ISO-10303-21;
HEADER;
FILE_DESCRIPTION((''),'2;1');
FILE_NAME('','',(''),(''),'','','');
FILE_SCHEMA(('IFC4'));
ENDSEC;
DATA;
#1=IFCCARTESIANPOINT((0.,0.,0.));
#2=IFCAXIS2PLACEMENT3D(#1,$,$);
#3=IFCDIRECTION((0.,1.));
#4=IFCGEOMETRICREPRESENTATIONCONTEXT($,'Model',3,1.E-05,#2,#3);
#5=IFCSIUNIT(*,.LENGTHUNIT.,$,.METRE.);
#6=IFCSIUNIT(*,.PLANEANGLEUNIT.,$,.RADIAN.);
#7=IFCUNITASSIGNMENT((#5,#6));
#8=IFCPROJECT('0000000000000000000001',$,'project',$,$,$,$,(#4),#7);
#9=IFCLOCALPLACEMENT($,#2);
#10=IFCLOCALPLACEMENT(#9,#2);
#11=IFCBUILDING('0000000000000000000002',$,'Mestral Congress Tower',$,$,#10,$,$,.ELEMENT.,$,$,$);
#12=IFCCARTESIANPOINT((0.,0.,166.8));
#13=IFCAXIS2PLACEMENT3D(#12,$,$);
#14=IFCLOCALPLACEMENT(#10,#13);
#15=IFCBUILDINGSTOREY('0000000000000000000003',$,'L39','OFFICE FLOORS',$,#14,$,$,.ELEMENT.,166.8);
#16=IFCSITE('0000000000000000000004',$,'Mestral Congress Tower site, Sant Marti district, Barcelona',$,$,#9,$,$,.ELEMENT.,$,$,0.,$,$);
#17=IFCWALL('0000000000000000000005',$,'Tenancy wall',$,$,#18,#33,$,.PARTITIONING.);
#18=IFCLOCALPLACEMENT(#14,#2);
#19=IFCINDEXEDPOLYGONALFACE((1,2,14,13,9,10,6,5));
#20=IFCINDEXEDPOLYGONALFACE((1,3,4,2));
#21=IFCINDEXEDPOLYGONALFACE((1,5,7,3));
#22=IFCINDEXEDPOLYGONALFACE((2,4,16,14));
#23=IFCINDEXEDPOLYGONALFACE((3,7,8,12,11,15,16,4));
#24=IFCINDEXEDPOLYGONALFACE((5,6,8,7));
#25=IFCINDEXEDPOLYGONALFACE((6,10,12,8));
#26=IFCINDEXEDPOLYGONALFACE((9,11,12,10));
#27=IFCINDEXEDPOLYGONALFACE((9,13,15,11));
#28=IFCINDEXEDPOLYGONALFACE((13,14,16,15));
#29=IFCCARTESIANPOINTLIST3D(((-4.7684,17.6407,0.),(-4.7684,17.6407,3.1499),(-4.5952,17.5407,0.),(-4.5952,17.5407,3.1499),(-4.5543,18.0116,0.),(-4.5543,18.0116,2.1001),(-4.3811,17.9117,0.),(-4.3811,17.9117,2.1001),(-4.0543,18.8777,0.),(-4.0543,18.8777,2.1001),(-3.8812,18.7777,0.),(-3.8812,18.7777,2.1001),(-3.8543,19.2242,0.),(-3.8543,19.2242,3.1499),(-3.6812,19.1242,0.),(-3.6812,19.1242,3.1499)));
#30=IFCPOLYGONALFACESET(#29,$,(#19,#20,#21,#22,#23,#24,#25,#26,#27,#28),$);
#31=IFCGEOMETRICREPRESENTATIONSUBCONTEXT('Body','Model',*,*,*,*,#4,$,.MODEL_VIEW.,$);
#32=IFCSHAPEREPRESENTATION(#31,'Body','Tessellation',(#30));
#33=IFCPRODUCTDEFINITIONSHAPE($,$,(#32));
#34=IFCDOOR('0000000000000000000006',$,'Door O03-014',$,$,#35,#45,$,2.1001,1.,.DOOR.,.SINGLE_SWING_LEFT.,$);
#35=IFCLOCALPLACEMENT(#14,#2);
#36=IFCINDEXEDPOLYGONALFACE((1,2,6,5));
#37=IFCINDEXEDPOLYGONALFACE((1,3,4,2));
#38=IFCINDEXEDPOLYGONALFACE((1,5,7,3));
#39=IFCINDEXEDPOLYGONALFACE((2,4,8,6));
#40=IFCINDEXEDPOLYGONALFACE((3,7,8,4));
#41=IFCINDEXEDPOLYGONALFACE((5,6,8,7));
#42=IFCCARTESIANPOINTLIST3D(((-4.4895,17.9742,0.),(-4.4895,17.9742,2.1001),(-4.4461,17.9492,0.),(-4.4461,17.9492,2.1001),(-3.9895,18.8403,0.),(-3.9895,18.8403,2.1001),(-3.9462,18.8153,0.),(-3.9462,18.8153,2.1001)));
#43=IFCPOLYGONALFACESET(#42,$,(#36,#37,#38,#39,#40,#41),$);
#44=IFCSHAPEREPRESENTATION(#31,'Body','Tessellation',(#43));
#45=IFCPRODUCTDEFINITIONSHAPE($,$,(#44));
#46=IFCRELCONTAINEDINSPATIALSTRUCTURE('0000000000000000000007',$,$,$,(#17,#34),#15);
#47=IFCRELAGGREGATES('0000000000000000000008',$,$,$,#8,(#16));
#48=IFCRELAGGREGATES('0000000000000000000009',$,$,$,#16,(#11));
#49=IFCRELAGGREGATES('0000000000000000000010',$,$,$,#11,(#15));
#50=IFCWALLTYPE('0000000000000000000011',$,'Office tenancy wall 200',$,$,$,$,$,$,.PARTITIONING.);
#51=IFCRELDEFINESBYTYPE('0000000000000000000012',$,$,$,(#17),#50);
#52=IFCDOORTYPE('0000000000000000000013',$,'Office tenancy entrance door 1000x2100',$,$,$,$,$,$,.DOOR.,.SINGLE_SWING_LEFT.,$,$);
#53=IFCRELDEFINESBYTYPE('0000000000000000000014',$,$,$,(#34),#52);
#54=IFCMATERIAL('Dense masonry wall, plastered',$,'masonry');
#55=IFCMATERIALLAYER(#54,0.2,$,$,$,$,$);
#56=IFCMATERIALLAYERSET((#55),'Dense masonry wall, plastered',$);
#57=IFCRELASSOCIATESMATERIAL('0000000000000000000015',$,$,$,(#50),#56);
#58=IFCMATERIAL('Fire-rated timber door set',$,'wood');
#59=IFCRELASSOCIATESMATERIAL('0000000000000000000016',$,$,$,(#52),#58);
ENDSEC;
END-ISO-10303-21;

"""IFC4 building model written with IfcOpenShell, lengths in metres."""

from ifc_helpers import new_model, si_unit, direction, frame, frame_2d, origin, place, context, subcontext, project, spatial, rectangle, extrude, material, layer, layer_set, type_object, element, fill, save


model = new_model("IFC4")

# Units and contexts
model_context = context("Model", 3, precision=1e-05, world=origin(), true_north=direction((0.0, 1.0)))
body_context = subcontext(model_context, "Body", "Model", "MODEL_VIEW")
ifc_project = project(units=[si_unit("LENGTHUNIT", "METRE"), si_unit("PLANEANGLEUNIT", "RADIAN")], contexts=[model_context])

# Site, building, storey
site_placement = place(None, origin())
site = spatial("IfcSite", under=ifc_project, at=site_placement, Name="Mestral Congress Tower site, Sant Marti district, Barcelona", CompositionType="ELEMENT", RefElevation=0.0)
building_placement = place(site_placement, origin())
building = spatial("IfcBuilding", under=site, at=building_placement, Name="Mestral Congress Tower", CompositionType="ELEMENT")
storey_placement = place(building_placement, frame((0.0, 0.0, 166.8)))
storey = spatial("IfcBuildingStorey", under=building, at=storey_placement, Name="L39", Description="OFFICE FLOORS", CompositionType="ELEMENT", Elevation=166.8)

# Shared definitions
ifc_material_1 = material(Name="Dense masonry wall, plastered", Category="masonry")
ifc_layer_1 = layer(ifc_material_1, 0.2)
ifc_layer_set_1 = layer_set([ifc_layer_1], Name="Dense masonry wall, plastered")
wall_type_1 = type_object("IfcWallType", Name="Office tenancy wall 200", PredefinedType="PARTITIONING", material=ifc_layer_set_1)

# Wall, opening, door
wall_1_placement = place(storey_placement, frame((-3.7678, 19.1741, 0.0), z_axis=(0.0, 0.0, 1.0), x_axis=(-0.499931, -0.866066, 0.0)))
wall_1 = element("IfcWall", 1, at=wall_1_placement, inside=storey, type_object=wall_type_1, Name="Tenancy wall", PredefinedType="PARTITIONING", context=body_context, shape_type="SweptSolid", body=[
    extrude(rectangle(XDim=1.8284, YDim=0.2, at=frame_2d((0.9141, 0.0))), origin(), (0.0, 0.0, 1.0), 3.1499),
])
opening_1_placement = place(wall_1_placement, frame((0.3999, 0.0, 0.0)))
opening_1 = element("IfcOpeningElement", 2, at=opening_1_placement, cuts=wall_1, PredefinedType="OPENING", context=body_context, shape_type="SweptSolid", body=[
    extrude(rectangle(XDim=1.0, YDim=2.1001, at=frame_2d((0.5, 1.05))), frame((0.0, 0.1099, 0.0), z_axis=(0.0, -1.0, 0.0), x_axis=(1.0, 0.0, 0.0)), (0.0, 0.0, 1.0), 0.22),
])
ifc_material_2 = material(Name="Fire-rated timber door set", Category="wood")
door_type = type_object("IfcDoorType", Name="Office tenancy entrance door 1000x2100", OperationType="SINGLE_SWING_LEFT", PredefinedType="DOOR", material=ifc_material_2)
door_placement = place(opening_1_placement, origin())
door = element("IfcDoor", 3, at=door_placement, inside=storey, type_object=door_type, Name="Door O03-014", OperationType="SINGLE_SWING_LEFT", OverallHeight=2.1001, OverallWidth=1.0, PredefinedType="DOOR", context=body_context, shape_type="SweptSolid", body=[
    extrude(rectangle(XDim=1.0, YDim=2.1001, at=frame_2d((0.5, 1.05))), frame((0.0, 0.0249, 0.0), z_axis=(0.0, -1.0, 0.0), x_axis=(1.0, 0.0, 0.0)), (0.0, 0.0, 1.0), 0.05),
])
fill(opening_1, door)

save(model, "model.ifc")
